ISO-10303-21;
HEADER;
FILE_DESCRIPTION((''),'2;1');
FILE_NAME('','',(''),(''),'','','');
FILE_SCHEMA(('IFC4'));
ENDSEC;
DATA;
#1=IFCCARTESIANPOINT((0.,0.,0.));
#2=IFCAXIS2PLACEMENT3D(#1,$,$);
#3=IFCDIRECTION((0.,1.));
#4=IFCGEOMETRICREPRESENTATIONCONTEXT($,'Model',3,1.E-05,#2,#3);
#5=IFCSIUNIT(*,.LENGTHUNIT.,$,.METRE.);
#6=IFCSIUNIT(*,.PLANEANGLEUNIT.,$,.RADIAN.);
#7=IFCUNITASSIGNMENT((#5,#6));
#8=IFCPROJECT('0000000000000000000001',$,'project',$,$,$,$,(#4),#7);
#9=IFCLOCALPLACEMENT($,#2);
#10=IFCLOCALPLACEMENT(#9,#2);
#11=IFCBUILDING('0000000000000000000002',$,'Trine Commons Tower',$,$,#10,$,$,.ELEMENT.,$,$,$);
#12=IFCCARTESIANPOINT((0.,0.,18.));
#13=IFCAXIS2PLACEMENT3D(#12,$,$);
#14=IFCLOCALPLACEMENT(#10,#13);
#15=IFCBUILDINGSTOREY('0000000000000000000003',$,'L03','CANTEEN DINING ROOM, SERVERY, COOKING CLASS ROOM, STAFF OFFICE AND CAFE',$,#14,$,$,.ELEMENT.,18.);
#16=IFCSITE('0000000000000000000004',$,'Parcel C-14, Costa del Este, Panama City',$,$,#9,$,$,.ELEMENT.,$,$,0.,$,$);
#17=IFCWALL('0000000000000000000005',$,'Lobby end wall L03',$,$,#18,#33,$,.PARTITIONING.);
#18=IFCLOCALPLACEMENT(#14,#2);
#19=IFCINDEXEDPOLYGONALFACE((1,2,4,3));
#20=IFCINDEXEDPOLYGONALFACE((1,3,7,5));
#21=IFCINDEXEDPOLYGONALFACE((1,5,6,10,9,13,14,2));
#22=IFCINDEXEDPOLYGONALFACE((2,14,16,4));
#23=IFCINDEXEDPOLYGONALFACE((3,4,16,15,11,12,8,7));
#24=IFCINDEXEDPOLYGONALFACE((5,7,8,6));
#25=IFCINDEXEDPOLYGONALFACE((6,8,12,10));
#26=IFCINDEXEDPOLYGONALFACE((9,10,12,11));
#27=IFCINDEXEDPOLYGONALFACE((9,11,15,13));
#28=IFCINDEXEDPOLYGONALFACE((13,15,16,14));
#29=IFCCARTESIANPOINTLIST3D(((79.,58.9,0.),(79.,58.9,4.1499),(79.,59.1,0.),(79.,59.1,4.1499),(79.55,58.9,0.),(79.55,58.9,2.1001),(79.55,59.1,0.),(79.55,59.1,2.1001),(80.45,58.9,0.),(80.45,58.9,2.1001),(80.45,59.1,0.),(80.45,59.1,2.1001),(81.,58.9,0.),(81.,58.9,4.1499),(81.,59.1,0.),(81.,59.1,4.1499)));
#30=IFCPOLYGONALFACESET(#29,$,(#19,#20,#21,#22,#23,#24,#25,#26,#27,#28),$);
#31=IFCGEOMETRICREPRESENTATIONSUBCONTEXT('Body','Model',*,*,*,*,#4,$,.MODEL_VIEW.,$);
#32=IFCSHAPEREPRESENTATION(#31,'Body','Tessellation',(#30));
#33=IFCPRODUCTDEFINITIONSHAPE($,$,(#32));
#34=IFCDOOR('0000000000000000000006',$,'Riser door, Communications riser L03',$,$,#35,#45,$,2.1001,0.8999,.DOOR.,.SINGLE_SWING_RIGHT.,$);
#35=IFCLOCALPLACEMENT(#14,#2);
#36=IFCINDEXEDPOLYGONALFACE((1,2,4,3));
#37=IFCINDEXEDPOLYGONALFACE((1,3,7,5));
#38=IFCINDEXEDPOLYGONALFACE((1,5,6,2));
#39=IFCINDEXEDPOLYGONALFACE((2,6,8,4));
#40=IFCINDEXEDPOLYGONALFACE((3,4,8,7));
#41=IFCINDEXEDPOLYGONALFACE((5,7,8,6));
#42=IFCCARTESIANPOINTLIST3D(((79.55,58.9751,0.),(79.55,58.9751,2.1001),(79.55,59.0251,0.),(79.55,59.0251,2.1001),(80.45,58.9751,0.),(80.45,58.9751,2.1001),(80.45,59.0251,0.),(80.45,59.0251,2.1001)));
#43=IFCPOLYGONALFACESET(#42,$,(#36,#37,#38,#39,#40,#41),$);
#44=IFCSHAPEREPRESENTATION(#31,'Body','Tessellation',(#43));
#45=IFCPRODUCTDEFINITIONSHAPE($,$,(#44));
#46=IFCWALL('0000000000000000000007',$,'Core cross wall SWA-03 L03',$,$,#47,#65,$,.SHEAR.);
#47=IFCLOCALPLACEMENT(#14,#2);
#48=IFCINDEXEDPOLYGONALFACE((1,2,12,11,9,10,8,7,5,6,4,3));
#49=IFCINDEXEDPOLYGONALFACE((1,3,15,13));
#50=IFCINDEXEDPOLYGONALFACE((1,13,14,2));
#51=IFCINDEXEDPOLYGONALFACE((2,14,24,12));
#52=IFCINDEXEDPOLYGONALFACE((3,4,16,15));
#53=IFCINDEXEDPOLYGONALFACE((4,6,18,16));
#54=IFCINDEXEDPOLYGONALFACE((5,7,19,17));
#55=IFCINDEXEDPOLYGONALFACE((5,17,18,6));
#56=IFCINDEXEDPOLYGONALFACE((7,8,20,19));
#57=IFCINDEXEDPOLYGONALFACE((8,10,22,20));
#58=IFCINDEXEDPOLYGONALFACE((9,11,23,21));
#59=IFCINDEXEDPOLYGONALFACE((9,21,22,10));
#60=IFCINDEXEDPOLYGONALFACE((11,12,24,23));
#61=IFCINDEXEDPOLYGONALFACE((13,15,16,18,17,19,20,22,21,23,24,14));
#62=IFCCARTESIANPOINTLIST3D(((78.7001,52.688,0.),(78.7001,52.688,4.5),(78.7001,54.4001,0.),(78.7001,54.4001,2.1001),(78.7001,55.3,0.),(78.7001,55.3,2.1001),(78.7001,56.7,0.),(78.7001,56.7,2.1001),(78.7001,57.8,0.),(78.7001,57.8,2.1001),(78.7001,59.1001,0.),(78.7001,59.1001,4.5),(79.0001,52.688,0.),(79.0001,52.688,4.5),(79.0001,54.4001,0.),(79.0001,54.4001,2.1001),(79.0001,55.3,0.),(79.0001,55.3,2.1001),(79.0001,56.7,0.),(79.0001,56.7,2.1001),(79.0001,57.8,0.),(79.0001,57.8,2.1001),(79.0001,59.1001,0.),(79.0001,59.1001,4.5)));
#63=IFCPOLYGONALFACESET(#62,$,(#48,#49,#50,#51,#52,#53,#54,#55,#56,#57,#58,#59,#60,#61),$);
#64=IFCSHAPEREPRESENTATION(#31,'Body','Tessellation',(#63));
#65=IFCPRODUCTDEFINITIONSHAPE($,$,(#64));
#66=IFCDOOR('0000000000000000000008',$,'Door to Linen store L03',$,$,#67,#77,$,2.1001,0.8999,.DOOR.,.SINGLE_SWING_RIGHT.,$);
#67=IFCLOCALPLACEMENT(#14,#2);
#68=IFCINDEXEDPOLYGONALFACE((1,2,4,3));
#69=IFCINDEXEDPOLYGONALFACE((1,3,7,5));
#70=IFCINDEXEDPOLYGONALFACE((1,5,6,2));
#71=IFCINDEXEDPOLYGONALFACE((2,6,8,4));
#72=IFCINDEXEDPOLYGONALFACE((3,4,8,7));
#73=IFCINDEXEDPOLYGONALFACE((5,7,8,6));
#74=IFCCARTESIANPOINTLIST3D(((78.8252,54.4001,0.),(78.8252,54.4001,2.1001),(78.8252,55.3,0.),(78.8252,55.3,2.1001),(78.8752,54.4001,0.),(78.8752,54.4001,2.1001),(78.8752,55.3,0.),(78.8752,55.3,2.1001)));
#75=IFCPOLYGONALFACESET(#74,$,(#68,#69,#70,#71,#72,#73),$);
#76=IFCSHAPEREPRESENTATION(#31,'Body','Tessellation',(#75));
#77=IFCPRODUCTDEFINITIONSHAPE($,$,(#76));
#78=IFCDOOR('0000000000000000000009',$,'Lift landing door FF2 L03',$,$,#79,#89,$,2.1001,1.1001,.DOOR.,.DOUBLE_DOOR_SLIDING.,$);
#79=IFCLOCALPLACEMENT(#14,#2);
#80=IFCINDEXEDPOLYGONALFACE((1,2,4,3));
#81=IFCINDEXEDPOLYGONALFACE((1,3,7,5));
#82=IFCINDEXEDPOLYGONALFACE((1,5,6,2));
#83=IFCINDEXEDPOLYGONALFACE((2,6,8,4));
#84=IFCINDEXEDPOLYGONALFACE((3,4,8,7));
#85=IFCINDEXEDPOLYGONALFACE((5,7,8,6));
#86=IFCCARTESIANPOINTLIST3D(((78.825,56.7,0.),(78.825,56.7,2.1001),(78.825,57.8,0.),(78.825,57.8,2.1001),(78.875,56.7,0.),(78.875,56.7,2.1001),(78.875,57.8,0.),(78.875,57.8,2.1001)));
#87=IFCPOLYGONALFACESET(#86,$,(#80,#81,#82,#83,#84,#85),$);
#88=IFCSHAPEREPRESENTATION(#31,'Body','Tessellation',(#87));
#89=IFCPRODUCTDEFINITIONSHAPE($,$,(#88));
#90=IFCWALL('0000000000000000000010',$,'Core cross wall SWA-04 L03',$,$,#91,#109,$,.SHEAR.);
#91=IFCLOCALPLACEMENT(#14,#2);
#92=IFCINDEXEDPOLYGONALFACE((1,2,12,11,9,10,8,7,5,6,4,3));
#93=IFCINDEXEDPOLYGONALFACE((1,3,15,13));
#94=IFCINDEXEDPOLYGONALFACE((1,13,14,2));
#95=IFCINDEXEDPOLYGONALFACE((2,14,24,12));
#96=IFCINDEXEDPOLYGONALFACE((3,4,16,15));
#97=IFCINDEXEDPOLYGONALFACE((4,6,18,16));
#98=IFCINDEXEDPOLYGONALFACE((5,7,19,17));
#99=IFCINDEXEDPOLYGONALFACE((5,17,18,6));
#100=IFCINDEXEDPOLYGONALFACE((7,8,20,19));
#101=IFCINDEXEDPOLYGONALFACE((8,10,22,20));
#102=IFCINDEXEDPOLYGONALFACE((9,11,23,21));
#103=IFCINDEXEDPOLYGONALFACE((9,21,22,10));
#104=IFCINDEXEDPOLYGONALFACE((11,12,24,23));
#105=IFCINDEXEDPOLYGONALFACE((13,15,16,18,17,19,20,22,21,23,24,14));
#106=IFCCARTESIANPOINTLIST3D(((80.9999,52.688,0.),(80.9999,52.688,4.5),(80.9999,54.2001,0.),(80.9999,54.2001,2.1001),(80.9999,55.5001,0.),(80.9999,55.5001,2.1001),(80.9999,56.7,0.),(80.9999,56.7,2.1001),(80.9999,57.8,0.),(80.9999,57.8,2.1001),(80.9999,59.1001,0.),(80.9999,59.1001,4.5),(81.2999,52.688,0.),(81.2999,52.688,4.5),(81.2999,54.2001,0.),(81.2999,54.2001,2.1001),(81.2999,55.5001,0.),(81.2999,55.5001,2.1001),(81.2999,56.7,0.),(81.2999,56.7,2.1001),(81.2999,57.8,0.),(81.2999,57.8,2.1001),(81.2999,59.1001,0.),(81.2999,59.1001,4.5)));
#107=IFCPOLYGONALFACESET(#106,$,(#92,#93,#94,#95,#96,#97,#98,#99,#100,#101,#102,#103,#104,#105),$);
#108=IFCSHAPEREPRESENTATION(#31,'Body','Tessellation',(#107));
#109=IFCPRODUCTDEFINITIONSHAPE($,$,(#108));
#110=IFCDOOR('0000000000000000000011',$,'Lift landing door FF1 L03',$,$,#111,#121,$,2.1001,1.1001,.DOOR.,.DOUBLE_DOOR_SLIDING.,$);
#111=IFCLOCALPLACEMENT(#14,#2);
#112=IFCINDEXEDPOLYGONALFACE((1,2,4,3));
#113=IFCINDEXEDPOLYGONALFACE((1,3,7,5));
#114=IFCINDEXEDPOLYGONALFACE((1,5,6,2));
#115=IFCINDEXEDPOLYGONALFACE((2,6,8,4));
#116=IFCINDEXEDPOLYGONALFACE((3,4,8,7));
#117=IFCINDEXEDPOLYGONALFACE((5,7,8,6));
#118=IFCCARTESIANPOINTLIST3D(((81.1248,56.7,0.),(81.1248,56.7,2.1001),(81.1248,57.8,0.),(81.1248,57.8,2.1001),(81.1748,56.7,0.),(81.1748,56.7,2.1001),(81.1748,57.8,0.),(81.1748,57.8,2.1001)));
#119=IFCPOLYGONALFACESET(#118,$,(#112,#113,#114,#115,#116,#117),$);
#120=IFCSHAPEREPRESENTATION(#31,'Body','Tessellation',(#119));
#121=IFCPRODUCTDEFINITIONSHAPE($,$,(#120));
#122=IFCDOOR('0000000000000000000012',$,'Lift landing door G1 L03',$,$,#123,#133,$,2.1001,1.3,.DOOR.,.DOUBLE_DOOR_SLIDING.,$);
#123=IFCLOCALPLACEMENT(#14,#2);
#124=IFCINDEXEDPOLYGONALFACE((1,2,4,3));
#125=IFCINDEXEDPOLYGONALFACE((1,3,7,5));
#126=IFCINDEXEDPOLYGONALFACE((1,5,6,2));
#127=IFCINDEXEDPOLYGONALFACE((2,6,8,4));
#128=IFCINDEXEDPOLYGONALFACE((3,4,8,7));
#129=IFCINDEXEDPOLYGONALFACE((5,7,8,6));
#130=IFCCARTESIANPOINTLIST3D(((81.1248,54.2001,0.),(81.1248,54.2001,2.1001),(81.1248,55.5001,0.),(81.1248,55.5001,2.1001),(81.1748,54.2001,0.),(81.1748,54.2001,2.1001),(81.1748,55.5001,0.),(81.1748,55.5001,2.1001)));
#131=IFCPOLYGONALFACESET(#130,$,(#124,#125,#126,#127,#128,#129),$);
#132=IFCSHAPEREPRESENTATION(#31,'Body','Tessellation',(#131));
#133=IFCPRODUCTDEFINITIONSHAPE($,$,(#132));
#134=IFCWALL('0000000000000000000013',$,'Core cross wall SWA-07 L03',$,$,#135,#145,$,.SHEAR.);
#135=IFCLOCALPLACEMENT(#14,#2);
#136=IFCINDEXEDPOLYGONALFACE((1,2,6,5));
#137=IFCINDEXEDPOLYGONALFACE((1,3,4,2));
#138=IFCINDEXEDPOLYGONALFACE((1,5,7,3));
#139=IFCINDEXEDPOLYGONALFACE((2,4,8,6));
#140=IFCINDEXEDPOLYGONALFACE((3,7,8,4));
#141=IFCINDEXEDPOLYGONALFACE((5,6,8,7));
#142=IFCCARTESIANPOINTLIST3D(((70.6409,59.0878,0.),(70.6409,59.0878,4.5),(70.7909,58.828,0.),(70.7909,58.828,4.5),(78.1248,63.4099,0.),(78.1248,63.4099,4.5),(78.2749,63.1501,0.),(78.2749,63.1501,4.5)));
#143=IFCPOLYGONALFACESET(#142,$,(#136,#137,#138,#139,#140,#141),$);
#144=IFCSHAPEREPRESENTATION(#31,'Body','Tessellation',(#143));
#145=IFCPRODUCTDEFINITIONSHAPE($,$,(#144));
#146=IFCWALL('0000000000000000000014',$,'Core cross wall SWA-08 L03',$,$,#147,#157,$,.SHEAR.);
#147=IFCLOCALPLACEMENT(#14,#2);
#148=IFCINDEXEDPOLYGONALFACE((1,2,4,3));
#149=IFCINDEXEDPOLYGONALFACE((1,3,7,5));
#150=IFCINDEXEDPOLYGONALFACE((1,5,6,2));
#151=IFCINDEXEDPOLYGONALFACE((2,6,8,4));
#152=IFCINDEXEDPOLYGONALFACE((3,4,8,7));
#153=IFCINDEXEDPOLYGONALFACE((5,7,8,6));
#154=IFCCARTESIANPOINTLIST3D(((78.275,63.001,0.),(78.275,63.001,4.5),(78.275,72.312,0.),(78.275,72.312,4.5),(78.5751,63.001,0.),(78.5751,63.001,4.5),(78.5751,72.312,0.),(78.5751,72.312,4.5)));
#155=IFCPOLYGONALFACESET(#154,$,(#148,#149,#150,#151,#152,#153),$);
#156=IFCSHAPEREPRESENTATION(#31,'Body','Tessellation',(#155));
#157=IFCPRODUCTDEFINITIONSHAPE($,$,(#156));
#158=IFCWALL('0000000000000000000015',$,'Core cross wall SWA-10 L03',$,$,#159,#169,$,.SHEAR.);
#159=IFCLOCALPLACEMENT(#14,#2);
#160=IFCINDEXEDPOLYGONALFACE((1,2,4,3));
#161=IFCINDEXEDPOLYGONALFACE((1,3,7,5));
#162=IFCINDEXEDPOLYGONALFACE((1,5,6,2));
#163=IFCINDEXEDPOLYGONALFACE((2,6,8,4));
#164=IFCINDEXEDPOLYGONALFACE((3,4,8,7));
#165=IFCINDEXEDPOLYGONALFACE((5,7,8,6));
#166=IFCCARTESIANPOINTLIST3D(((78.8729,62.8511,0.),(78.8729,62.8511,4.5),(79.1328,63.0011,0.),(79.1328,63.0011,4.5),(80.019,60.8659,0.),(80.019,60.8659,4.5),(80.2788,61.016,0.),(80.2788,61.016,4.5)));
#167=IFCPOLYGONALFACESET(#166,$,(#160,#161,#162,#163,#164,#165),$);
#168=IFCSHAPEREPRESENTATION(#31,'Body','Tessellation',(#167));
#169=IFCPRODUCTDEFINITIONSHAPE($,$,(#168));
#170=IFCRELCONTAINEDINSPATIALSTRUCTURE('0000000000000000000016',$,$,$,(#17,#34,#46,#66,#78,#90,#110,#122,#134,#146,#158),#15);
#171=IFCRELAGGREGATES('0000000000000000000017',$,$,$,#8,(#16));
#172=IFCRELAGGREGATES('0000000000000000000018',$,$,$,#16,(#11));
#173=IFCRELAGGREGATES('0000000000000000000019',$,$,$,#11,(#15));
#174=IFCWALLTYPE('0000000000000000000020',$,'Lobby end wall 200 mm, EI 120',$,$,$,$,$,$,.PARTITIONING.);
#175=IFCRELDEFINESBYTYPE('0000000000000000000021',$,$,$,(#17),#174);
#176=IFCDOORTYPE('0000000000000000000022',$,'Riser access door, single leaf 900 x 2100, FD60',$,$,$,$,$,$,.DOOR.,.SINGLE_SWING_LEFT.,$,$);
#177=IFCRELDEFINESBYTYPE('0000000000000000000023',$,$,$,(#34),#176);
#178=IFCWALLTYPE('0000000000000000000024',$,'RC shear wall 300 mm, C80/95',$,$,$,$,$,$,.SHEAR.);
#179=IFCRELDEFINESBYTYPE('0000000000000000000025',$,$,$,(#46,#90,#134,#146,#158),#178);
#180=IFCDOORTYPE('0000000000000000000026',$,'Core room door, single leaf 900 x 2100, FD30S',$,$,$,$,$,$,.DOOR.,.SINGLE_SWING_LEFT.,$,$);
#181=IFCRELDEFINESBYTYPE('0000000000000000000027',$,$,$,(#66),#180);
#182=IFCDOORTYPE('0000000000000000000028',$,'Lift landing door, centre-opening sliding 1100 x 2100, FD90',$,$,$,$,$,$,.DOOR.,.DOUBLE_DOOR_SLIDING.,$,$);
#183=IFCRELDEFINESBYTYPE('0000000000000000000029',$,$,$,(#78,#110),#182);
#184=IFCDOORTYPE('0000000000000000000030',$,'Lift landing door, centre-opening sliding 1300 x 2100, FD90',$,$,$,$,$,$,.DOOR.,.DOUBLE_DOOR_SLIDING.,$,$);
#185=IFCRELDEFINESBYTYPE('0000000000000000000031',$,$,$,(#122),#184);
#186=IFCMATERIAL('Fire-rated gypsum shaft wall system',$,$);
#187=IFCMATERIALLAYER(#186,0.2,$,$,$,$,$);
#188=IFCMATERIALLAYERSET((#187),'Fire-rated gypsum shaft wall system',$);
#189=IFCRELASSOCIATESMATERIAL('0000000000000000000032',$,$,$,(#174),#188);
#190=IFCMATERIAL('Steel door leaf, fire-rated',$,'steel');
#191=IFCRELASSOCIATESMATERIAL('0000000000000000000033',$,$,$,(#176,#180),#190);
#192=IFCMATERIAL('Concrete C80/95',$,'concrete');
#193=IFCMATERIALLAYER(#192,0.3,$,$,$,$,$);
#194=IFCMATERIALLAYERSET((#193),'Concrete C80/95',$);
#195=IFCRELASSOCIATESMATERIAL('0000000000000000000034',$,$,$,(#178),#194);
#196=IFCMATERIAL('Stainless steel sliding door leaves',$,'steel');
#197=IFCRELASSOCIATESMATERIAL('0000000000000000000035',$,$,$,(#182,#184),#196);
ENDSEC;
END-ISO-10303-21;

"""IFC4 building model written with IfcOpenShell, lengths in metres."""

from ifc_helpers import new_model, si_unit, direction, frame, frame_2d, origin, place, context, subcontext, project, spatial, rectangle, extrude, material, layer, layer_set, type_object, element, fill, save


model = new_model("IFC4")

# Units and contexts
model_context = context("Model", 3, precision=1e-05, world=origin(), true_north=direction((0.0, 1.0)))
body_context = subcontext(model_context, "Body", "Model", "MODEL_VIEW")
ifc_project = project(units=[si_unit("LENGTHUNIT", "METRE"), si_unit("PLANEANGLEUNIT", "RADIAN")], contexts=[model_context])

# Site, building, storey
site_placement = place(None, origin())
site = spatial("IfcSite", under=ifc_project, at=site_placement, Name="Parcel C-14, Costa del Este, Panama City", CompositionType="ELEMENT", RefElevation=0.0)
building_placement = place(site_placement, origin())
building = spatial("IfcBuilding", under=site, at=building_placement, Name="Trine Commons Tower", CompositionType="ELEMENT")
storey_placement = place(building_placement, frame((0.0, 0.0, 18.0)))
storey = spatial("IfcBuildingStorey", under=building, at=storey_placement, Name="L03", Description="CANTEEN DINING ROOM, SERVERY, COOKING CLASS ROOM, STAFF OFFICE AND CAFE", CompositionType="ELEMENT", Elevation=18.0)

# Wall, opening, door
ifc_material_1 = material(Name="Fire-rated gypsum shaft wall system")
ifc_layer_1 = layer(ifc_material_1, 0.2)
ifc_layer_set_1 = layer_set([ifc_layer_1], Name="Fire-rated gypsum shaft wall system")
wall_type_1 = type_object("IfcWallType", Name="Lobby end wall 200 mm, EI 120", PredefinedType="PARTITIONING", material=ifc_layer_set_1)
wall_1_placement = place(storey_placement, frame((79.0, 59.0, 0.0), z_axis=(0.0, 0.0, 1.0), x_axis=(1.0, 0.0, 0.0)))
wall_1 = element("IfcWall", 1, at=wall_1_placement, inside=storey, type_object=wall_type_1, Name="Lobby end wall L03", PredefinedType="PARTITIONING", context=body_context, shape_type="SweptSolid", body=[
    extrude(rectangle(XDim=2.0, YDim=0.2, at=frame_2d((1.0, 0.0))), origin(), (0.0, 0.0, 1.0), 4.1499),
])
opening_1_placement = place(wall_1_placement, frame((0.55, 0.0, 0.0)))
opening_1 = element("IfcOpeningElement", 2, at=opening_1_placement, cuts=wall_1, PredefinedType="OPENING", context=body_context, shape_type="SweptSolid", body=[
    extrude(rectangle(XDim=0.8999, YDim=2.1001, at=frame_2d((0.45, 1.05))), frame((0.0, 0.1099, 0.0), z_axis=(0.0, -1.0, 0.0), x_axis=(1.0, 0.0, 0.0)), (0.0, 0.0, 1.0), 0.22),
])
ifc_material_2 = material(Name="Steel door leaf, fire-rated", Category="steel")
door_type_1 = type_object("IfcDoorType", Name="Riser access door, single leaf 900 x 2100, FD60", OperationType="SINGLE_SWING_LEFT", PredefinedType="DOOR", material=ifc_material_2)
door_1_placement = place(opening_1_placement, frame((0.8999, 0.0, 0.0), z_axis=(0.0, 0.0, 1.0), x_axis=(-1.0, 0.0, 0.0)))
door_1 = element("IfcDoor", 3, at=door_1_placement, inside=storey, type_object=door_type_1, Name="Riser door, Communications riser L03", OperationType="SINGLE_SWING_RIGHT", OverallHeight=2.1001, OverallWidth=0.8999, PredefinedType="DOOR", context=body_context, shape_type="SweptSolid", body=[
    extrude(rectangle(XDim=0.8999, YDim=2.1001, at=frame_2d((0.45, 1.05))), frame((0.0, 0.0249, 0.0), z_axis=(0.0, -1.0, 0.0), x_axis=(1.0, 0.0, 0.0)), (0.0, 0.0, 1.0), 0.05),
])
fill(opening_1, door_1)

# Walls, openings, doors
ifc_material_3 = material(Name="Concrete C80/95", Category="concrete")
ifc_layer_2 = layer(ifc_material_3, 0.3)
ifc_layer_set_2 = layer_set([ifc_layer_2], Name="Concrete C80/95")
wall_type_2 = type_object("IfcWallType", Name="RC shear wall 300 mm, C80/95", PredefinedType="SHEAR", material=ifc_layer_set_2)
wall_2_placement = place(storey_placement, frame((78.8501, 59.1001, 0.0), z_axis=(0.0, 0.0, 1.0), x_axis=(0.0, -1.0, 0.0)))
wall_2 = element("IfcWall", 4, at=wall_2_placement, inside=storey, type_object=wall_type_2, Name="Core cross wall SWA-03 L03", PredefinedType="SHEAR", context=body_context, shape_type="SweptSolid", body=[
    extrude(rectangle(XDim=6.4121, YDim=0.3, at=frame_2d((3.2061, 0.0))), origin(), (0.0, 0.0, 1.0), 4.5),
])
opening_2_placement = place(wall_2_placement, frame((3.8, 0.0, 0.0)))
opening_2 = element("IfcOpeningElement", 5, at=opening_2_placement, cuts=wall_2, PredefinedType="OPENING", context=body_context, shape_type="SweptSolid", body=[
    extrude(rectangle(XDim=0.8999, YDim=2.1001, at=frame_2d((0.45, 1.05))), frame((0.0, 0.1599, 0.0), z_axis=(0.0, -1.0, 0.0), x_axis=(1.0, 0.0, 0.0)), (0.0, 0.0, 1.0), 0.3201),
])
opening_3_placement = place(wall_2_placement, frame((1.3, 0.0, 0.0)))
opening_3 = element("IfcOpeningElement", 6, at=opening_3_placement, cuts=wall_2, PredefinedType="OPENING", context=body_context, shape_type="SweptSolid", body=[
    extrude(rectangle(XDim=1.1001, YDim=2.1001, at=frame_2d((0.55, 1.05))), frame((0.0, 0.1599, 0.0), z_axis=(0.0, -1.0, 0.0), x_axis=(1.0, 0.0, 0.0)), (0.0, 0.0, 1.0), 0.3201),
])
door_type_2 = type_object("IfcDoorType", Name="Core room door, single leaf 900 x 2100, FD30S", OperationType="SINGLE_SWING_LEFT", PredefinedType="DOOR", material=ifc_material_2)
door_2_placement = place(opening_2_placement, frame((0.8999, 0.0, 0.0), z_axis=(0.0, 0.0, 1.0), x_axis=(-1.0, 0.0, 0.0)))
door_2 = element("IfcDoor", 7, at=door_2_placement, inside=storey, type_object=door_type_2, Name="Door to Linen store L03", OperationType="SINGLE_SWING_RIGHT", OverallHeight=2.1001, OverallWidth=0.8999, PredefinedType="DOOR", context=body_context, shape_type="SweptSolid", body=[
    extrude(rectangle(XDim=0.8999, YDim=2.1001, at=frame_2d((0.45, 1.05))), frame((0.0, 0.0249, 0.0), z_axis=(0.0, -1.0, 0.0), x_axis=(1.0, 0.0, 0.0)), (0.0, 0.0, 1.0), 0.05),
])
fill(opening_2, door_2)
ifc_material_4 = material(Name="Stainless steel sliding door leaves", Category="steel")
door_type_3 = type_object("IfcDoorType", Name="Lift landing door, centre-opening sliding 1100 x 2100, FD90", OperationType="DOUBLE_DOOR_SLIDING", PredefinedType="DOOR", material=ifc_material_4)
door_3_placement = place(opening_3_placement, origin())
door_3 = element("IfcDoor", 8, at=door_3_placement, inside=storey, type_object=door_type_3, Name="Lift landing door FF2 L03", OperationType="DOUBLE_DOOR_SLIDING", OverallHeight=2.1001, OverallWidth=1.1001, PredefinedType="DOOR", context=body_context, shape_type="SweptSolid", body=[
    extrude(rectangle(XDim=1.1001, YDim=2.1001, at=frame_2d((0.55, 1.05))), frame((0.0, 0.0249, 0.0), z_axis=(0.0, -1.0, 0.0), x_axis=(1.0, 0.0, 0.0)), (0.0, 0.0, 1.0), 0.05),
])
fill(opening_3, door_3)
wall_3_placement = place(storey_placement, frame((81.1499, 59.1001, 0.0), z_axis=(0.0, 0.0, 1.0), x_axis=(0.0, -1.0, 0.0)))
wall_3 = element("IfcWall", 9, at=wall_3_placement, inside=storey, type_object=wall_type_2, Name="Core cross wall SWA-04 L03", PredefinedType="SHEAR", context=body_context, shape_type="SweptSolid", body=[
    extrude(rectangle(XDim=6.4121, YDim=0.3, at=frame_2d((3.2061, 0.0))), origin(), (0.0, 0.0, 1.0), 4.5),
])
opening_4_placement = place(wall_3_placement, frame((3.6001, 0.0, 0.0)))
opening_4 = element("IfcOpeningElement", 10, at=opening_4_placement, cuts=wall_3, PredefinedType="OPENING", context=body_context, shape_type="SweptSolid", body=[
    extrude(rectangle(XDim=1.3, YDim=2.1001, at=frame_2d((0.6499, 1.05))), frame((0.0, 0.1599, 0.0), z_axis=(0.0, -1.0, 0.0), x_axis=(1.0, 0.0, 0.0)), (0.0, 0.0, 1.0), 0.3201),
])
opening_5_placement = place(wall_3_placement, frame((1.3, 0.0, 0.0)))
opening_5 = element("IfcOpeningElement", 11, at=opening_5_placement, cuts=wall_3, PredefinedType="OPENING", context=body_context, shape_type="SweptSolid", body=[
    extrude(rectangle(XDim=1.1001, YDim=2.1001, at=frame_2d((0.55, 1.05))), frame((0.0, 0.1599, 0.0), z_axis=(0.0, -1.0, 0.0), x_axis=(1.0, 0.0, 0.0)), (0.0, 0.0, 1.0), 0.3201),
])
door_4_placement = place(opening_5_placement, origin())
door_4 = element("IfcDoor", 12, at=door_4_placement, inside=storey, type_object=door_type_3, Name="Lift landing door FF1 L03", OperationType="DOUBLE_DOOR_SLIDING", OverallHeight=2.1001, OverallWidth=1.1001, PredefinedType="DOOR", context=body_context, shape_type="SweptSolid", body=[
    extrude(rectangle(XDim=1.1001, YDim=2.1001, at=frame_2d((0.55, 1.05))), frame((0.0, 0.0249, 0.0), z_axis=(0.0, -1.0, 0.0), x_axis=(1.0, 0.0, 0.0)), (0.0, 0.0, 1.0), 0.05),
])
fill(opening_5, door_4)
door_type_4 = type_object("IfcDoorType", Name="Lift landing door, centre-opening sliding 1300 x 2100, FD90", OperationType="DOUBLE_DOOR_SLIDING", PredefinedType="DOOR", material=ifc_material_4)
door_5_placement = place(opening_4_placement, origin())
door_5 = element("IfcDoor", 13, at=door_5_placement, inside=storey, type_object=door_type_4, Name="Lift landing door G1 L03", OperationType="DOUBLE_DOOR_SLIDING", OverallHeight=2.1001, OverallWidth=1.3, PredefinedType="DOOR", context=body_context, shape_type="SweptSolid", body=[
    extrude(rectangle(XDim=1.3, YDim=2.1001, at=frame_2d((0.6499, 1.05))), frame((0.0, 0.0249, 0.0), z_axis=(0.0, -1.0, 0.0), x_axis=(1.0, 0.0, 0.0)), (0.0, 0.0, 1.0), 0.05),
])
fill(opening_4, door_5)

# Walls
wall_4_placement = place(storey_placement, frame((78.2, 63.28, 0.0), z_axis=(0.0, 0.0, 1.0), x_axis=(-0.865965, -0.500104, 0.0)))
element("IfcWall", 14, at=wall_4_placement, inside=storey, type_object=wall_type_2, Name="Core cross wall SWA-07 L03", PredefinedType="SHEAR", context=body_context, shape_type="SweptSolid", body=[
    extrude(rectangle(XDim=8.6423, YDim=0.3, at=frame_2d((4.3213, 0.0))), origin(), (0.0, 0.0, 1.0), 4.5),
])
wall_5_placement = place(storey_placement, frame((78.425, 63.001, 0.0), z_axis=(0.0, 0.0, 1.0), x_axis=(0.0, 1.0, 0.0)))
element("IfcWall", 15, at=wall_5_placement, inside=storey, type_object=wall_type_2, Name="Core cross wall SWA-08 L03", PredefinedType="SHEAR", context=body_context, shape_type="SweptSolid", body=[
    extrude(rectangle(XDim=9.311, YDim=0.3, at=frame_2d((4.6555, 0.0))), origin(), (0.0, 0.0, 1.0), 4.5),
])
wall_6_placement = place(storey_placement, frame((79.0029, 62.926, 0.0), z_axis=(0.0, 0.0, 1.0), x_axis=(0.499965, -0.866045, 0.0)))
element("IfcWall", 16, at=wall_6_placement, inside=storey, type_object=wall_type_2, Name="Core cross wall SWA-10 L03", PredefinedType="SHEAR", context=body_context, shape_type="SweptSolid", body=[
    extrude(rectangle(XDim=2.2922, YDim=0.3, at=frame_2d((1.146, 0.0))), origin(), (0.0, 0.0, 1.0), 4.5),
])

save(model, "model.ifc")
